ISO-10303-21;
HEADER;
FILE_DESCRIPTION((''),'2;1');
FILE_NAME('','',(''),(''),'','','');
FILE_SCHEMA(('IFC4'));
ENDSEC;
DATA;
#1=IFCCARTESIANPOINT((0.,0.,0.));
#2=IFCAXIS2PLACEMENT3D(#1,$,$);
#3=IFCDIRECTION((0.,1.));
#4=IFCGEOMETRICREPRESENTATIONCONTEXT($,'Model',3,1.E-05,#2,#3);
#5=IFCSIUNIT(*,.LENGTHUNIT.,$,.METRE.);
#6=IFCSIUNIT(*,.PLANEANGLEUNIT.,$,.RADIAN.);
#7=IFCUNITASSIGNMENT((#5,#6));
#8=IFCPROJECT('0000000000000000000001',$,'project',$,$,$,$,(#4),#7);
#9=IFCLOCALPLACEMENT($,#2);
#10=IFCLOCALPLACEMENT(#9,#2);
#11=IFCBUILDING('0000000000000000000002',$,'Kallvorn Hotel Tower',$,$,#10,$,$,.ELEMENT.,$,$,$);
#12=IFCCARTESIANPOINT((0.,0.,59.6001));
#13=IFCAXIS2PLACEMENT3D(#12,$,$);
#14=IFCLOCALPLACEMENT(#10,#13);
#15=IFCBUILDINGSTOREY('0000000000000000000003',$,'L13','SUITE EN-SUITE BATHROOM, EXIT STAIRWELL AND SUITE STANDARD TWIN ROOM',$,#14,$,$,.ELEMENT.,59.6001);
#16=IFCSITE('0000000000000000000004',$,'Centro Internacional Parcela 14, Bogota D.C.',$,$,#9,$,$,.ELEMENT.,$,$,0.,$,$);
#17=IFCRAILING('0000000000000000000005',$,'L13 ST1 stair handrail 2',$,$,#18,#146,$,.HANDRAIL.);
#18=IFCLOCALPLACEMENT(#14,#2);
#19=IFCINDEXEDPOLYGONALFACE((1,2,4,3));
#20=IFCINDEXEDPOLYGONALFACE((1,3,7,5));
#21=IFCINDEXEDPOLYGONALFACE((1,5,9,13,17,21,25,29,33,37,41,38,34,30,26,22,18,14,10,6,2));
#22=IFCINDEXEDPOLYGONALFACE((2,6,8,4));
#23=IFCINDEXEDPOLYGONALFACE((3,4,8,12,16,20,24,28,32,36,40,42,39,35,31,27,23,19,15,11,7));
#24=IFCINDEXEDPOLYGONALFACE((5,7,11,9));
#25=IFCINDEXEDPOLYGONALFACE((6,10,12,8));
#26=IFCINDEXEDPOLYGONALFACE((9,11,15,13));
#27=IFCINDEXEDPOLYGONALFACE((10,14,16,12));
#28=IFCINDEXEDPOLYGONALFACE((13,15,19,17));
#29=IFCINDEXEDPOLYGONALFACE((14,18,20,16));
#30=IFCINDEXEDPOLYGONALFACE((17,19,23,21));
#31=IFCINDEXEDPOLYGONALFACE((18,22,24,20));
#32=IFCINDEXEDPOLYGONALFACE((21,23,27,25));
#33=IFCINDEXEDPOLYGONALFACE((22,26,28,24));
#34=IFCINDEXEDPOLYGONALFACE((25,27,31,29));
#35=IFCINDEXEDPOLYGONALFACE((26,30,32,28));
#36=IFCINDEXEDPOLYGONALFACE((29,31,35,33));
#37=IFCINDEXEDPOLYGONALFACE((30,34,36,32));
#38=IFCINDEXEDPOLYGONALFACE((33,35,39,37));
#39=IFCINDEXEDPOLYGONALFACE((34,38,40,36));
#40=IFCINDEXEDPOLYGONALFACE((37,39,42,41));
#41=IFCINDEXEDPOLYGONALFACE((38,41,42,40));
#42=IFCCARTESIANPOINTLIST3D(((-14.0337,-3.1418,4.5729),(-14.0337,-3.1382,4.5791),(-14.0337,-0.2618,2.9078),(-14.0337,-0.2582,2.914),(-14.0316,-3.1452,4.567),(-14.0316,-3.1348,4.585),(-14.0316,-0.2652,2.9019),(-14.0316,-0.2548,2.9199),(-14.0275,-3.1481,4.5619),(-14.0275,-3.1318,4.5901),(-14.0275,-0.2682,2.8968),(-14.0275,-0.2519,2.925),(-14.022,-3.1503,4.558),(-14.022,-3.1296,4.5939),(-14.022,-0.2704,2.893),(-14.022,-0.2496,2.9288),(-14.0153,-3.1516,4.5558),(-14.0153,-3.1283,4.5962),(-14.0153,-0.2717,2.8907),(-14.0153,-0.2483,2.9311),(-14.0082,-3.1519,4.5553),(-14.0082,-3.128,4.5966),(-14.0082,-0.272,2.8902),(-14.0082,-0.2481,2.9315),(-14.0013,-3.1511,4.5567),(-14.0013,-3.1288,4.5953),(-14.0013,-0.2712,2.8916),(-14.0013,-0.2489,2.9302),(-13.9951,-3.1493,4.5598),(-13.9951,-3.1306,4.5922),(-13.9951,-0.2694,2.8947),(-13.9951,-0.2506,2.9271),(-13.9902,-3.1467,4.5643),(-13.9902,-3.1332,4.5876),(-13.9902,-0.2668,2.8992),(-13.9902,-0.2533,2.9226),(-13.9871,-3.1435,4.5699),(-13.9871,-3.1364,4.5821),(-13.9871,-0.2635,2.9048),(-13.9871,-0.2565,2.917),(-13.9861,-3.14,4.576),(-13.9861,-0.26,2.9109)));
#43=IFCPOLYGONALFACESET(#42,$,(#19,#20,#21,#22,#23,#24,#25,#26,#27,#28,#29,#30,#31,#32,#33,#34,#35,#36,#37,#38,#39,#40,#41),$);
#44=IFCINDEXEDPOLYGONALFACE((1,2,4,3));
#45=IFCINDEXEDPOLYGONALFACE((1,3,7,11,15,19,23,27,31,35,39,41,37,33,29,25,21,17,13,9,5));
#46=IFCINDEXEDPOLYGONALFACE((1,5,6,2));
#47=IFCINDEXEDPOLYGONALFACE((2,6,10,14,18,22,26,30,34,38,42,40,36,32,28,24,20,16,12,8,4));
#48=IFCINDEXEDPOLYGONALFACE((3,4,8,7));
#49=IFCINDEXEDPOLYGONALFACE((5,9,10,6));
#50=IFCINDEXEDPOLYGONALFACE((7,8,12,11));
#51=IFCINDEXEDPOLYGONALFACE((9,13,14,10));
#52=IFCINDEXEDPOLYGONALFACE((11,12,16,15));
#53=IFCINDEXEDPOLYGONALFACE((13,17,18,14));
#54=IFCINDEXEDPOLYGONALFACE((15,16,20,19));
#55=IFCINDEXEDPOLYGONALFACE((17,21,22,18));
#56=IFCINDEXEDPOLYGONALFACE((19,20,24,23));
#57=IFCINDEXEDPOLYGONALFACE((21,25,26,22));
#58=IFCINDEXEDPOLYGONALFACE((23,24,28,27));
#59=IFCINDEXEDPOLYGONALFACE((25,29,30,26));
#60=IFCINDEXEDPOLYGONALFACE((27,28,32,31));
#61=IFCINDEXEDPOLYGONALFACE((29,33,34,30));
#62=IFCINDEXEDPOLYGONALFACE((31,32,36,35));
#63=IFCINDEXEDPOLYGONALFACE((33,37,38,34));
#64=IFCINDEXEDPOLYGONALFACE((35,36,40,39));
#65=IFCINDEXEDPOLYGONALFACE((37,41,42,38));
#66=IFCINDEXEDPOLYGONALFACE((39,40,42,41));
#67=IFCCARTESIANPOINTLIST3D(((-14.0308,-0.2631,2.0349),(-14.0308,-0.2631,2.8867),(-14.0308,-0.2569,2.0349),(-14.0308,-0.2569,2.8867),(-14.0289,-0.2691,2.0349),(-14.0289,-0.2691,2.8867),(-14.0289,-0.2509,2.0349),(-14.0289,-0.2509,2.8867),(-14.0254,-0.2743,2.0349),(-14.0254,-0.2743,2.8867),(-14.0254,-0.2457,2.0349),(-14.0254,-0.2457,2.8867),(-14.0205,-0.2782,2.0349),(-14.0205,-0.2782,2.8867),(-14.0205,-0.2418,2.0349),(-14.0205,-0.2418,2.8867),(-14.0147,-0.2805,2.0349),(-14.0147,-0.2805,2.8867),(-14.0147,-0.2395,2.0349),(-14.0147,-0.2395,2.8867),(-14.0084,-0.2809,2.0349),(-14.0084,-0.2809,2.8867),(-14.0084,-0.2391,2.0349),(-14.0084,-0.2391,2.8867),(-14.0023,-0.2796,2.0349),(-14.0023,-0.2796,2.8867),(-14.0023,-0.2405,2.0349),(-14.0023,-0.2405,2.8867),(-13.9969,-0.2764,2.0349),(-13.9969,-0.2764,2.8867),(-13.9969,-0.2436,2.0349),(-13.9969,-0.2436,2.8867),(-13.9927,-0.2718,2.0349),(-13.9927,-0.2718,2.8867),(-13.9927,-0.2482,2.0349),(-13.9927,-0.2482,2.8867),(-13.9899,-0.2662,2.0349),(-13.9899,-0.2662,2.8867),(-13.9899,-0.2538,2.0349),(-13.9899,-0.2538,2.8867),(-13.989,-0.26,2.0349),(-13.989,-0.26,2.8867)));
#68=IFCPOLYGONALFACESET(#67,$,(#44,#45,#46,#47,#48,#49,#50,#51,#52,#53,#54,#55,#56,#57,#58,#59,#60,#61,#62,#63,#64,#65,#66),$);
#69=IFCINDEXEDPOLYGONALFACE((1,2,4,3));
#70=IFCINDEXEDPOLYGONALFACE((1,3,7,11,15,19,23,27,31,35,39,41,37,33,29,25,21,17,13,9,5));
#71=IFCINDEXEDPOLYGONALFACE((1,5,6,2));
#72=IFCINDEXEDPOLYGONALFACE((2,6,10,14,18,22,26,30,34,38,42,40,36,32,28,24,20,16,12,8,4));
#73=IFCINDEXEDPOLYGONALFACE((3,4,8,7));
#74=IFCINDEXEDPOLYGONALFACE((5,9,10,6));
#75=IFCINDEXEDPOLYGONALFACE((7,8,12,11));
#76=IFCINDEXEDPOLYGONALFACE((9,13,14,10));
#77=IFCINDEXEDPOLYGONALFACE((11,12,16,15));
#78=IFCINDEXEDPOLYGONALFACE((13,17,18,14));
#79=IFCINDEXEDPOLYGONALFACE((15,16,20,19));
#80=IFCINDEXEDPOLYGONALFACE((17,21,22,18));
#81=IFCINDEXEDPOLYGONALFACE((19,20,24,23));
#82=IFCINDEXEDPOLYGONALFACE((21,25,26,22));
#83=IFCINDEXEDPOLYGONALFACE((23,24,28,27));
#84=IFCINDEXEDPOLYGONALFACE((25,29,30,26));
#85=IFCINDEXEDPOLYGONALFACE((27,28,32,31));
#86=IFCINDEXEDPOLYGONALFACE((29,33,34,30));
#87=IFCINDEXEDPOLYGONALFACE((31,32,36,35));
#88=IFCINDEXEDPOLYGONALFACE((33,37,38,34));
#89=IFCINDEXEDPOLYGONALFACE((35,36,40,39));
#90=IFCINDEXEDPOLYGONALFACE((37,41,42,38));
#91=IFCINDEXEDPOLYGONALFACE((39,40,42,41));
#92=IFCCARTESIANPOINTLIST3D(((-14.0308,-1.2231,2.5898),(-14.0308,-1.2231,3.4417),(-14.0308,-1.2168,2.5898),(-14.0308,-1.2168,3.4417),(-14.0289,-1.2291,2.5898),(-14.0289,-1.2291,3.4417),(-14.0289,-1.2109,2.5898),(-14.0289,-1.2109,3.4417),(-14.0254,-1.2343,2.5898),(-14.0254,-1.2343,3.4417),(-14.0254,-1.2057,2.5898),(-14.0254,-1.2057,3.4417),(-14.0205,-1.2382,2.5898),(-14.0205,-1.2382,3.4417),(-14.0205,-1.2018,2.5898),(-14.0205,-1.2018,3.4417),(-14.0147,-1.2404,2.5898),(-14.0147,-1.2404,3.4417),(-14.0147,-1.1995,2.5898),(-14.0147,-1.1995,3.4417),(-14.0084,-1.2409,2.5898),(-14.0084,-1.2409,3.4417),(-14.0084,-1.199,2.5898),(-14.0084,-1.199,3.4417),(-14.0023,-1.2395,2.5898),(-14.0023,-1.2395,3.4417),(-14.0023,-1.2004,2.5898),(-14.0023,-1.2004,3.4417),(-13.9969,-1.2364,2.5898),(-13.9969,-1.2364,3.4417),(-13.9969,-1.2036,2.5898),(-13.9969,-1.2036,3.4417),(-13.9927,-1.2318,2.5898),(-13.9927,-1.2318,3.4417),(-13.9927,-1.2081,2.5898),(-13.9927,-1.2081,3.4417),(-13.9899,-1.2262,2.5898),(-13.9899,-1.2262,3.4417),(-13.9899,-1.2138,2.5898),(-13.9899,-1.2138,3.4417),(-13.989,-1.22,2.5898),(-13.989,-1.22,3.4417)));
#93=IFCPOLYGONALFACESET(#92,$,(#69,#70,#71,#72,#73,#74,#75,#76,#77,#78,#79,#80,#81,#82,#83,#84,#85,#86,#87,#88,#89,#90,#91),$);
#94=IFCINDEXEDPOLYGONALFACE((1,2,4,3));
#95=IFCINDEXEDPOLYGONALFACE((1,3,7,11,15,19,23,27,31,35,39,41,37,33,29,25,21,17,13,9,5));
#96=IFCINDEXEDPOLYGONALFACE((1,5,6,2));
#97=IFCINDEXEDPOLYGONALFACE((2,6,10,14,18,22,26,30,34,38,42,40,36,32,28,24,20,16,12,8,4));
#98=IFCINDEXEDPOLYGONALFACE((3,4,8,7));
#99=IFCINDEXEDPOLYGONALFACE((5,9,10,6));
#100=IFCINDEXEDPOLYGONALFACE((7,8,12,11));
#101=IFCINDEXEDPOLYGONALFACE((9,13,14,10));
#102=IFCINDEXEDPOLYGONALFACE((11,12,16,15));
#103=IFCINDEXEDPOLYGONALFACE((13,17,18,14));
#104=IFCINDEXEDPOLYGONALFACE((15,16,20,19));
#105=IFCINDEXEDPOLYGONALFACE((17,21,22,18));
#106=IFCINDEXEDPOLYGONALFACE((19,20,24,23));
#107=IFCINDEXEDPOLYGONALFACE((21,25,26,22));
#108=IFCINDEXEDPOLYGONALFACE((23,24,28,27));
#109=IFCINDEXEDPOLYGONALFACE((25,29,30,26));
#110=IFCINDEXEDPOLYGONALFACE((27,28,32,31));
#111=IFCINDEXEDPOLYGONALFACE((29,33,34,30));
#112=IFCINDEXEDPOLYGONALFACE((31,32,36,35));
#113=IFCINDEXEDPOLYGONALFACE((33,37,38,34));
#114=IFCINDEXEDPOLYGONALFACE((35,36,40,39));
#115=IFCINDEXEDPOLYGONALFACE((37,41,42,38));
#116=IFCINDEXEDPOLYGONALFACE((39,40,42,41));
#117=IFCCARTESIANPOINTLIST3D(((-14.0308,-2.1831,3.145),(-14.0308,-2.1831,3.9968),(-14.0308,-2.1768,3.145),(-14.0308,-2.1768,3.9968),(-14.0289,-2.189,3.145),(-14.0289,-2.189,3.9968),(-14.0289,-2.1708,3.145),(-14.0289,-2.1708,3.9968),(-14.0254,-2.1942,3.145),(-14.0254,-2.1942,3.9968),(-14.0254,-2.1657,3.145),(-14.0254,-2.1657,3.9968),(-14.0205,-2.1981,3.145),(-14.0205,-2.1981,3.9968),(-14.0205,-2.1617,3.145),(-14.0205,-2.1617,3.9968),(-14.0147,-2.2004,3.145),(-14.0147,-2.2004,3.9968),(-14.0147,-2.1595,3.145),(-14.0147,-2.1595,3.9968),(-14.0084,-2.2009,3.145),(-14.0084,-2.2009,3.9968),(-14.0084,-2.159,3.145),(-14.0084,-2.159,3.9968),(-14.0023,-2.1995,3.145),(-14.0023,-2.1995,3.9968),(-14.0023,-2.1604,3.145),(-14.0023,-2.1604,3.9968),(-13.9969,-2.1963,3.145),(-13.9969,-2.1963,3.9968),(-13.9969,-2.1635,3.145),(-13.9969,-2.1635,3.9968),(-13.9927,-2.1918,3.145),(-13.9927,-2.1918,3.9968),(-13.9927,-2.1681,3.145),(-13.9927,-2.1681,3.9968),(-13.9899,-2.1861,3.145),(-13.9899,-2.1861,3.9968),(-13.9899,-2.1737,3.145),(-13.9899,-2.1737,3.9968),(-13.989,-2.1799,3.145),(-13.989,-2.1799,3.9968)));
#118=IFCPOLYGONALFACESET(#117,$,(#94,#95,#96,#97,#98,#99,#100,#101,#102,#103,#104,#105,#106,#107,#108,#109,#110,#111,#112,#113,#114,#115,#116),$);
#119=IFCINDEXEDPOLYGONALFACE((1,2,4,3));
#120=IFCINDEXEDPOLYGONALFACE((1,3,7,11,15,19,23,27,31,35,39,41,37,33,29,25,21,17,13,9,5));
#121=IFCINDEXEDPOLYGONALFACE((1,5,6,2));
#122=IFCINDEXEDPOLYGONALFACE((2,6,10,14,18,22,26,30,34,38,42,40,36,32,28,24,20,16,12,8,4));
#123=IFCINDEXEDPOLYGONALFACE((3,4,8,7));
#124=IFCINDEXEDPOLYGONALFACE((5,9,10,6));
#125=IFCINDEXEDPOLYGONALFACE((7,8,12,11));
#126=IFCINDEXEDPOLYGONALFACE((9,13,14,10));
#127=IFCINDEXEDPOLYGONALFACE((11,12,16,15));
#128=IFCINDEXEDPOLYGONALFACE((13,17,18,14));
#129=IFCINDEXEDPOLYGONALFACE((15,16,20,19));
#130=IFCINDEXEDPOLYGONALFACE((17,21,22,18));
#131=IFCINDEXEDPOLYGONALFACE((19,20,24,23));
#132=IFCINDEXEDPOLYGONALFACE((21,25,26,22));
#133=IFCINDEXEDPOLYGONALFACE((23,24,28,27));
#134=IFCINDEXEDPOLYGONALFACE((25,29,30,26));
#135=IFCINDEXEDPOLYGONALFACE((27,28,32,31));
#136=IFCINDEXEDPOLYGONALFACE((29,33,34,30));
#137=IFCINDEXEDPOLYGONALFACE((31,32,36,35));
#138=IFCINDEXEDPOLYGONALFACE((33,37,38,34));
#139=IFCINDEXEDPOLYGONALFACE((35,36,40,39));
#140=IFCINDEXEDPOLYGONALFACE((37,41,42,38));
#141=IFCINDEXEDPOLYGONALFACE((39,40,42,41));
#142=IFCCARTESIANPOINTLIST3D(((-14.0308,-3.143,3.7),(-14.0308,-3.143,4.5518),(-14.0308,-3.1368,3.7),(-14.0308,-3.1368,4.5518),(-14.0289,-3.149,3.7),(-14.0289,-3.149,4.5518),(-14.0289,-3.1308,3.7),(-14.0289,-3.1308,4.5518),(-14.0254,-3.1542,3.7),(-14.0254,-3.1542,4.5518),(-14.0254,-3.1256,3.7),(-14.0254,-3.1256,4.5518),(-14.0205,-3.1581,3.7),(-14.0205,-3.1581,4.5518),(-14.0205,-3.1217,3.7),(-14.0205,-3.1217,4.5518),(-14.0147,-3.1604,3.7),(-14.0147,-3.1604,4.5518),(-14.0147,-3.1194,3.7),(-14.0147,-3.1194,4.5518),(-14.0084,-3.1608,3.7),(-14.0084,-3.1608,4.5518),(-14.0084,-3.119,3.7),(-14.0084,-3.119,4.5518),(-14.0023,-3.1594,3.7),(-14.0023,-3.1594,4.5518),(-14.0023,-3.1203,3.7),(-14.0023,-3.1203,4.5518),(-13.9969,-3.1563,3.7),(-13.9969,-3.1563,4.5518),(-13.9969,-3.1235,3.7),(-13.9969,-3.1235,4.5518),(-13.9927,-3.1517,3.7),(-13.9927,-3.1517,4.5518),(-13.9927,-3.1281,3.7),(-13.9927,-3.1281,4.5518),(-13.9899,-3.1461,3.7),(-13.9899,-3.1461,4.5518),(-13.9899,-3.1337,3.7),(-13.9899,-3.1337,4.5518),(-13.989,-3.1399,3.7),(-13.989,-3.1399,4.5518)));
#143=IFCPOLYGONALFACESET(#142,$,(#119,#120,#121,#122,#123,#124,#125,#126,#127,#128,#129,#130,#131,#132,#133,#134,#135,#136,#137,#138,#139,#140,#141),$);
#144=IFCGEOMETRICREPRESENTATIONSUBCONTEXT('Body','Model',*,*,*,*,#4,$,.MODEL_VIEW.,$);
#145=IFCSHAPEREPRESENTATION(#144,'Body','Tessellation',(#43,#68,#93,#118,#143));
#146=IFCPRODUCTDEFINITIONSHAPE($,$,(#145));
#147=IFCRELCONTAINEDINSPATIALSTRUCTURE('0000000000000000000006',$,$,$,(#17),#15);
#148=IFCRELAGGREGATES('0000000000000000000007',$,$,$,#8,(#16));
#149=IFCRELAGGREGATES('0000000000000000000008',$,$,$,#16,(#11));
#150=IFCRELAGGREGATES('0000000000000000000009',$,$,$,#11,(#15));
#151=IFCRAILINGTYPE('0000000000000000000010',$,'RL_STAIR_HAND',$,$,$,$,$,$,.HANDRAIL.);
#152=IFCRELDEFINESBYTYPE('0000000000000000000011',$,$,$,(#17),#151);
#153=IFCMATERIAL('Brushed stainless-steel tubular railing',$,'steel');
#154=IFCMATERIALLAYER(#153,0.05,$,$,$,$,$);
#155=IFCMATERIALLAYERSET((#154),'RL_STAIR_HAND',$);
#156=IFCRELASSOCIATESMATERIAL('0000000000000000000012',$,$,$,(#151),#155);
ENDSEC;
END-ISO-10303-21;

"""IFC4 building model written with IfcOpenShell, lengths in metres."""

from ifc_helpers import new_model, si_unit, direction, frame, origin, origin_2d, place, context, subcontext, project, spatial, circle, extrude, material, layer, layer_set, type_object, element, save


model = new_model("IFC4")

# Units and contexts
model_context = context("Model", 3, precision=1e-05, world=origin(), true_north=direction((0.0, 1.0)))
body_context = subcontext(model_context, "Body", "Model", "MODEL_VIEW")
ifc_project = project(units=[si_unit("LENGTHUNIT", "METRE"), si_unit("PLANEANGLEUNIT", "RADIAN")], contexts=[model_context])

# Site, building, storey
site_placement = place(None, origin())
site = spatial("IfcSite", under=ifc_project, at=site_placement, Name="Centro Internacional Parcela 14, Bogota D.C.", CompositionType="ELEMENT", RefElevation=0.0)
building_placement = place(site_placement, origin())
building = spatial("IfcBuilding", under=site, at=building_placement, Name="Kallvorn Hotel Tower", CompositionType="ELEMENT")
storey_placement = place(building_placement, frame((0.0, 0.0, 59.6001)))
storey = spatial("IfcBuildingStorey", under=building, at=storey_placement, Name="L13", Description="SUITE EN-SUITE BATHROOM, EXIT STAIRWELL AND SUITE STANDARD TWIN ROOM", CompositionType="ELEMENT", Elevation=59.6001)

# Railing
ifc_material_1 = material(Name="Brushed stainless-steel tubular railing", Category="steel")
ifc_layer_1 = layer(ifc_material_1, 0.05)
ifc_layer_set_1 = layer_set([ifc_layer_1], Name="RL_STAIR_HAND")
railing_type_1 = type_object("IfcRailingType", Name="RL_STAIR_HAND", PredefinedType="HANDRAIL", material=ifc_layer_set_1)
railing_1_placement = place(storey_placement, frame((-14.01, -0.26, 2.0349)))
element("IfcRailing", 1, at=railing_1_placement, inside=storey, type_object=railing_type_1, Name="L13 ST1 stair handrail 2", PredefinedType="HANDRAIL", context=body_context, shape_type="SweptSolid", body=[
    extrude(circle(Radius=0.0239, at=origin_2d()), frame((0.0, 0.0, 0.876), z_axis=(0.0, -0.865721, 0.500527), x_axis=(1.0, 0.0, 0.0)), (0.0, 0.0, 1.0), 3.3267),
    extrude(circle(Radius=0.021, at=origin_2d()), origin(), (0.0, 0.0, 1.0), 0.8518),
    extrude(circle(Radius=0.021, at=origin_2d()), frame((0.0, -0.96, 0.5549)), (0.0, 0.0, 1.0), 0.8518),
    extrude(circle(Radius=0.021, at=origin_2d()), frame((0.0, -1.9199, 1.1101)), (0.0, 0.0, 1.0), 0.8518),
    extrude(circle(Radius=0.021, at=origin_2d()), frame((0.0, -2.8799, 1.665)), (0.0, 0.0, 1.0), 0.8518),
])

save(model, "model.ifc")
